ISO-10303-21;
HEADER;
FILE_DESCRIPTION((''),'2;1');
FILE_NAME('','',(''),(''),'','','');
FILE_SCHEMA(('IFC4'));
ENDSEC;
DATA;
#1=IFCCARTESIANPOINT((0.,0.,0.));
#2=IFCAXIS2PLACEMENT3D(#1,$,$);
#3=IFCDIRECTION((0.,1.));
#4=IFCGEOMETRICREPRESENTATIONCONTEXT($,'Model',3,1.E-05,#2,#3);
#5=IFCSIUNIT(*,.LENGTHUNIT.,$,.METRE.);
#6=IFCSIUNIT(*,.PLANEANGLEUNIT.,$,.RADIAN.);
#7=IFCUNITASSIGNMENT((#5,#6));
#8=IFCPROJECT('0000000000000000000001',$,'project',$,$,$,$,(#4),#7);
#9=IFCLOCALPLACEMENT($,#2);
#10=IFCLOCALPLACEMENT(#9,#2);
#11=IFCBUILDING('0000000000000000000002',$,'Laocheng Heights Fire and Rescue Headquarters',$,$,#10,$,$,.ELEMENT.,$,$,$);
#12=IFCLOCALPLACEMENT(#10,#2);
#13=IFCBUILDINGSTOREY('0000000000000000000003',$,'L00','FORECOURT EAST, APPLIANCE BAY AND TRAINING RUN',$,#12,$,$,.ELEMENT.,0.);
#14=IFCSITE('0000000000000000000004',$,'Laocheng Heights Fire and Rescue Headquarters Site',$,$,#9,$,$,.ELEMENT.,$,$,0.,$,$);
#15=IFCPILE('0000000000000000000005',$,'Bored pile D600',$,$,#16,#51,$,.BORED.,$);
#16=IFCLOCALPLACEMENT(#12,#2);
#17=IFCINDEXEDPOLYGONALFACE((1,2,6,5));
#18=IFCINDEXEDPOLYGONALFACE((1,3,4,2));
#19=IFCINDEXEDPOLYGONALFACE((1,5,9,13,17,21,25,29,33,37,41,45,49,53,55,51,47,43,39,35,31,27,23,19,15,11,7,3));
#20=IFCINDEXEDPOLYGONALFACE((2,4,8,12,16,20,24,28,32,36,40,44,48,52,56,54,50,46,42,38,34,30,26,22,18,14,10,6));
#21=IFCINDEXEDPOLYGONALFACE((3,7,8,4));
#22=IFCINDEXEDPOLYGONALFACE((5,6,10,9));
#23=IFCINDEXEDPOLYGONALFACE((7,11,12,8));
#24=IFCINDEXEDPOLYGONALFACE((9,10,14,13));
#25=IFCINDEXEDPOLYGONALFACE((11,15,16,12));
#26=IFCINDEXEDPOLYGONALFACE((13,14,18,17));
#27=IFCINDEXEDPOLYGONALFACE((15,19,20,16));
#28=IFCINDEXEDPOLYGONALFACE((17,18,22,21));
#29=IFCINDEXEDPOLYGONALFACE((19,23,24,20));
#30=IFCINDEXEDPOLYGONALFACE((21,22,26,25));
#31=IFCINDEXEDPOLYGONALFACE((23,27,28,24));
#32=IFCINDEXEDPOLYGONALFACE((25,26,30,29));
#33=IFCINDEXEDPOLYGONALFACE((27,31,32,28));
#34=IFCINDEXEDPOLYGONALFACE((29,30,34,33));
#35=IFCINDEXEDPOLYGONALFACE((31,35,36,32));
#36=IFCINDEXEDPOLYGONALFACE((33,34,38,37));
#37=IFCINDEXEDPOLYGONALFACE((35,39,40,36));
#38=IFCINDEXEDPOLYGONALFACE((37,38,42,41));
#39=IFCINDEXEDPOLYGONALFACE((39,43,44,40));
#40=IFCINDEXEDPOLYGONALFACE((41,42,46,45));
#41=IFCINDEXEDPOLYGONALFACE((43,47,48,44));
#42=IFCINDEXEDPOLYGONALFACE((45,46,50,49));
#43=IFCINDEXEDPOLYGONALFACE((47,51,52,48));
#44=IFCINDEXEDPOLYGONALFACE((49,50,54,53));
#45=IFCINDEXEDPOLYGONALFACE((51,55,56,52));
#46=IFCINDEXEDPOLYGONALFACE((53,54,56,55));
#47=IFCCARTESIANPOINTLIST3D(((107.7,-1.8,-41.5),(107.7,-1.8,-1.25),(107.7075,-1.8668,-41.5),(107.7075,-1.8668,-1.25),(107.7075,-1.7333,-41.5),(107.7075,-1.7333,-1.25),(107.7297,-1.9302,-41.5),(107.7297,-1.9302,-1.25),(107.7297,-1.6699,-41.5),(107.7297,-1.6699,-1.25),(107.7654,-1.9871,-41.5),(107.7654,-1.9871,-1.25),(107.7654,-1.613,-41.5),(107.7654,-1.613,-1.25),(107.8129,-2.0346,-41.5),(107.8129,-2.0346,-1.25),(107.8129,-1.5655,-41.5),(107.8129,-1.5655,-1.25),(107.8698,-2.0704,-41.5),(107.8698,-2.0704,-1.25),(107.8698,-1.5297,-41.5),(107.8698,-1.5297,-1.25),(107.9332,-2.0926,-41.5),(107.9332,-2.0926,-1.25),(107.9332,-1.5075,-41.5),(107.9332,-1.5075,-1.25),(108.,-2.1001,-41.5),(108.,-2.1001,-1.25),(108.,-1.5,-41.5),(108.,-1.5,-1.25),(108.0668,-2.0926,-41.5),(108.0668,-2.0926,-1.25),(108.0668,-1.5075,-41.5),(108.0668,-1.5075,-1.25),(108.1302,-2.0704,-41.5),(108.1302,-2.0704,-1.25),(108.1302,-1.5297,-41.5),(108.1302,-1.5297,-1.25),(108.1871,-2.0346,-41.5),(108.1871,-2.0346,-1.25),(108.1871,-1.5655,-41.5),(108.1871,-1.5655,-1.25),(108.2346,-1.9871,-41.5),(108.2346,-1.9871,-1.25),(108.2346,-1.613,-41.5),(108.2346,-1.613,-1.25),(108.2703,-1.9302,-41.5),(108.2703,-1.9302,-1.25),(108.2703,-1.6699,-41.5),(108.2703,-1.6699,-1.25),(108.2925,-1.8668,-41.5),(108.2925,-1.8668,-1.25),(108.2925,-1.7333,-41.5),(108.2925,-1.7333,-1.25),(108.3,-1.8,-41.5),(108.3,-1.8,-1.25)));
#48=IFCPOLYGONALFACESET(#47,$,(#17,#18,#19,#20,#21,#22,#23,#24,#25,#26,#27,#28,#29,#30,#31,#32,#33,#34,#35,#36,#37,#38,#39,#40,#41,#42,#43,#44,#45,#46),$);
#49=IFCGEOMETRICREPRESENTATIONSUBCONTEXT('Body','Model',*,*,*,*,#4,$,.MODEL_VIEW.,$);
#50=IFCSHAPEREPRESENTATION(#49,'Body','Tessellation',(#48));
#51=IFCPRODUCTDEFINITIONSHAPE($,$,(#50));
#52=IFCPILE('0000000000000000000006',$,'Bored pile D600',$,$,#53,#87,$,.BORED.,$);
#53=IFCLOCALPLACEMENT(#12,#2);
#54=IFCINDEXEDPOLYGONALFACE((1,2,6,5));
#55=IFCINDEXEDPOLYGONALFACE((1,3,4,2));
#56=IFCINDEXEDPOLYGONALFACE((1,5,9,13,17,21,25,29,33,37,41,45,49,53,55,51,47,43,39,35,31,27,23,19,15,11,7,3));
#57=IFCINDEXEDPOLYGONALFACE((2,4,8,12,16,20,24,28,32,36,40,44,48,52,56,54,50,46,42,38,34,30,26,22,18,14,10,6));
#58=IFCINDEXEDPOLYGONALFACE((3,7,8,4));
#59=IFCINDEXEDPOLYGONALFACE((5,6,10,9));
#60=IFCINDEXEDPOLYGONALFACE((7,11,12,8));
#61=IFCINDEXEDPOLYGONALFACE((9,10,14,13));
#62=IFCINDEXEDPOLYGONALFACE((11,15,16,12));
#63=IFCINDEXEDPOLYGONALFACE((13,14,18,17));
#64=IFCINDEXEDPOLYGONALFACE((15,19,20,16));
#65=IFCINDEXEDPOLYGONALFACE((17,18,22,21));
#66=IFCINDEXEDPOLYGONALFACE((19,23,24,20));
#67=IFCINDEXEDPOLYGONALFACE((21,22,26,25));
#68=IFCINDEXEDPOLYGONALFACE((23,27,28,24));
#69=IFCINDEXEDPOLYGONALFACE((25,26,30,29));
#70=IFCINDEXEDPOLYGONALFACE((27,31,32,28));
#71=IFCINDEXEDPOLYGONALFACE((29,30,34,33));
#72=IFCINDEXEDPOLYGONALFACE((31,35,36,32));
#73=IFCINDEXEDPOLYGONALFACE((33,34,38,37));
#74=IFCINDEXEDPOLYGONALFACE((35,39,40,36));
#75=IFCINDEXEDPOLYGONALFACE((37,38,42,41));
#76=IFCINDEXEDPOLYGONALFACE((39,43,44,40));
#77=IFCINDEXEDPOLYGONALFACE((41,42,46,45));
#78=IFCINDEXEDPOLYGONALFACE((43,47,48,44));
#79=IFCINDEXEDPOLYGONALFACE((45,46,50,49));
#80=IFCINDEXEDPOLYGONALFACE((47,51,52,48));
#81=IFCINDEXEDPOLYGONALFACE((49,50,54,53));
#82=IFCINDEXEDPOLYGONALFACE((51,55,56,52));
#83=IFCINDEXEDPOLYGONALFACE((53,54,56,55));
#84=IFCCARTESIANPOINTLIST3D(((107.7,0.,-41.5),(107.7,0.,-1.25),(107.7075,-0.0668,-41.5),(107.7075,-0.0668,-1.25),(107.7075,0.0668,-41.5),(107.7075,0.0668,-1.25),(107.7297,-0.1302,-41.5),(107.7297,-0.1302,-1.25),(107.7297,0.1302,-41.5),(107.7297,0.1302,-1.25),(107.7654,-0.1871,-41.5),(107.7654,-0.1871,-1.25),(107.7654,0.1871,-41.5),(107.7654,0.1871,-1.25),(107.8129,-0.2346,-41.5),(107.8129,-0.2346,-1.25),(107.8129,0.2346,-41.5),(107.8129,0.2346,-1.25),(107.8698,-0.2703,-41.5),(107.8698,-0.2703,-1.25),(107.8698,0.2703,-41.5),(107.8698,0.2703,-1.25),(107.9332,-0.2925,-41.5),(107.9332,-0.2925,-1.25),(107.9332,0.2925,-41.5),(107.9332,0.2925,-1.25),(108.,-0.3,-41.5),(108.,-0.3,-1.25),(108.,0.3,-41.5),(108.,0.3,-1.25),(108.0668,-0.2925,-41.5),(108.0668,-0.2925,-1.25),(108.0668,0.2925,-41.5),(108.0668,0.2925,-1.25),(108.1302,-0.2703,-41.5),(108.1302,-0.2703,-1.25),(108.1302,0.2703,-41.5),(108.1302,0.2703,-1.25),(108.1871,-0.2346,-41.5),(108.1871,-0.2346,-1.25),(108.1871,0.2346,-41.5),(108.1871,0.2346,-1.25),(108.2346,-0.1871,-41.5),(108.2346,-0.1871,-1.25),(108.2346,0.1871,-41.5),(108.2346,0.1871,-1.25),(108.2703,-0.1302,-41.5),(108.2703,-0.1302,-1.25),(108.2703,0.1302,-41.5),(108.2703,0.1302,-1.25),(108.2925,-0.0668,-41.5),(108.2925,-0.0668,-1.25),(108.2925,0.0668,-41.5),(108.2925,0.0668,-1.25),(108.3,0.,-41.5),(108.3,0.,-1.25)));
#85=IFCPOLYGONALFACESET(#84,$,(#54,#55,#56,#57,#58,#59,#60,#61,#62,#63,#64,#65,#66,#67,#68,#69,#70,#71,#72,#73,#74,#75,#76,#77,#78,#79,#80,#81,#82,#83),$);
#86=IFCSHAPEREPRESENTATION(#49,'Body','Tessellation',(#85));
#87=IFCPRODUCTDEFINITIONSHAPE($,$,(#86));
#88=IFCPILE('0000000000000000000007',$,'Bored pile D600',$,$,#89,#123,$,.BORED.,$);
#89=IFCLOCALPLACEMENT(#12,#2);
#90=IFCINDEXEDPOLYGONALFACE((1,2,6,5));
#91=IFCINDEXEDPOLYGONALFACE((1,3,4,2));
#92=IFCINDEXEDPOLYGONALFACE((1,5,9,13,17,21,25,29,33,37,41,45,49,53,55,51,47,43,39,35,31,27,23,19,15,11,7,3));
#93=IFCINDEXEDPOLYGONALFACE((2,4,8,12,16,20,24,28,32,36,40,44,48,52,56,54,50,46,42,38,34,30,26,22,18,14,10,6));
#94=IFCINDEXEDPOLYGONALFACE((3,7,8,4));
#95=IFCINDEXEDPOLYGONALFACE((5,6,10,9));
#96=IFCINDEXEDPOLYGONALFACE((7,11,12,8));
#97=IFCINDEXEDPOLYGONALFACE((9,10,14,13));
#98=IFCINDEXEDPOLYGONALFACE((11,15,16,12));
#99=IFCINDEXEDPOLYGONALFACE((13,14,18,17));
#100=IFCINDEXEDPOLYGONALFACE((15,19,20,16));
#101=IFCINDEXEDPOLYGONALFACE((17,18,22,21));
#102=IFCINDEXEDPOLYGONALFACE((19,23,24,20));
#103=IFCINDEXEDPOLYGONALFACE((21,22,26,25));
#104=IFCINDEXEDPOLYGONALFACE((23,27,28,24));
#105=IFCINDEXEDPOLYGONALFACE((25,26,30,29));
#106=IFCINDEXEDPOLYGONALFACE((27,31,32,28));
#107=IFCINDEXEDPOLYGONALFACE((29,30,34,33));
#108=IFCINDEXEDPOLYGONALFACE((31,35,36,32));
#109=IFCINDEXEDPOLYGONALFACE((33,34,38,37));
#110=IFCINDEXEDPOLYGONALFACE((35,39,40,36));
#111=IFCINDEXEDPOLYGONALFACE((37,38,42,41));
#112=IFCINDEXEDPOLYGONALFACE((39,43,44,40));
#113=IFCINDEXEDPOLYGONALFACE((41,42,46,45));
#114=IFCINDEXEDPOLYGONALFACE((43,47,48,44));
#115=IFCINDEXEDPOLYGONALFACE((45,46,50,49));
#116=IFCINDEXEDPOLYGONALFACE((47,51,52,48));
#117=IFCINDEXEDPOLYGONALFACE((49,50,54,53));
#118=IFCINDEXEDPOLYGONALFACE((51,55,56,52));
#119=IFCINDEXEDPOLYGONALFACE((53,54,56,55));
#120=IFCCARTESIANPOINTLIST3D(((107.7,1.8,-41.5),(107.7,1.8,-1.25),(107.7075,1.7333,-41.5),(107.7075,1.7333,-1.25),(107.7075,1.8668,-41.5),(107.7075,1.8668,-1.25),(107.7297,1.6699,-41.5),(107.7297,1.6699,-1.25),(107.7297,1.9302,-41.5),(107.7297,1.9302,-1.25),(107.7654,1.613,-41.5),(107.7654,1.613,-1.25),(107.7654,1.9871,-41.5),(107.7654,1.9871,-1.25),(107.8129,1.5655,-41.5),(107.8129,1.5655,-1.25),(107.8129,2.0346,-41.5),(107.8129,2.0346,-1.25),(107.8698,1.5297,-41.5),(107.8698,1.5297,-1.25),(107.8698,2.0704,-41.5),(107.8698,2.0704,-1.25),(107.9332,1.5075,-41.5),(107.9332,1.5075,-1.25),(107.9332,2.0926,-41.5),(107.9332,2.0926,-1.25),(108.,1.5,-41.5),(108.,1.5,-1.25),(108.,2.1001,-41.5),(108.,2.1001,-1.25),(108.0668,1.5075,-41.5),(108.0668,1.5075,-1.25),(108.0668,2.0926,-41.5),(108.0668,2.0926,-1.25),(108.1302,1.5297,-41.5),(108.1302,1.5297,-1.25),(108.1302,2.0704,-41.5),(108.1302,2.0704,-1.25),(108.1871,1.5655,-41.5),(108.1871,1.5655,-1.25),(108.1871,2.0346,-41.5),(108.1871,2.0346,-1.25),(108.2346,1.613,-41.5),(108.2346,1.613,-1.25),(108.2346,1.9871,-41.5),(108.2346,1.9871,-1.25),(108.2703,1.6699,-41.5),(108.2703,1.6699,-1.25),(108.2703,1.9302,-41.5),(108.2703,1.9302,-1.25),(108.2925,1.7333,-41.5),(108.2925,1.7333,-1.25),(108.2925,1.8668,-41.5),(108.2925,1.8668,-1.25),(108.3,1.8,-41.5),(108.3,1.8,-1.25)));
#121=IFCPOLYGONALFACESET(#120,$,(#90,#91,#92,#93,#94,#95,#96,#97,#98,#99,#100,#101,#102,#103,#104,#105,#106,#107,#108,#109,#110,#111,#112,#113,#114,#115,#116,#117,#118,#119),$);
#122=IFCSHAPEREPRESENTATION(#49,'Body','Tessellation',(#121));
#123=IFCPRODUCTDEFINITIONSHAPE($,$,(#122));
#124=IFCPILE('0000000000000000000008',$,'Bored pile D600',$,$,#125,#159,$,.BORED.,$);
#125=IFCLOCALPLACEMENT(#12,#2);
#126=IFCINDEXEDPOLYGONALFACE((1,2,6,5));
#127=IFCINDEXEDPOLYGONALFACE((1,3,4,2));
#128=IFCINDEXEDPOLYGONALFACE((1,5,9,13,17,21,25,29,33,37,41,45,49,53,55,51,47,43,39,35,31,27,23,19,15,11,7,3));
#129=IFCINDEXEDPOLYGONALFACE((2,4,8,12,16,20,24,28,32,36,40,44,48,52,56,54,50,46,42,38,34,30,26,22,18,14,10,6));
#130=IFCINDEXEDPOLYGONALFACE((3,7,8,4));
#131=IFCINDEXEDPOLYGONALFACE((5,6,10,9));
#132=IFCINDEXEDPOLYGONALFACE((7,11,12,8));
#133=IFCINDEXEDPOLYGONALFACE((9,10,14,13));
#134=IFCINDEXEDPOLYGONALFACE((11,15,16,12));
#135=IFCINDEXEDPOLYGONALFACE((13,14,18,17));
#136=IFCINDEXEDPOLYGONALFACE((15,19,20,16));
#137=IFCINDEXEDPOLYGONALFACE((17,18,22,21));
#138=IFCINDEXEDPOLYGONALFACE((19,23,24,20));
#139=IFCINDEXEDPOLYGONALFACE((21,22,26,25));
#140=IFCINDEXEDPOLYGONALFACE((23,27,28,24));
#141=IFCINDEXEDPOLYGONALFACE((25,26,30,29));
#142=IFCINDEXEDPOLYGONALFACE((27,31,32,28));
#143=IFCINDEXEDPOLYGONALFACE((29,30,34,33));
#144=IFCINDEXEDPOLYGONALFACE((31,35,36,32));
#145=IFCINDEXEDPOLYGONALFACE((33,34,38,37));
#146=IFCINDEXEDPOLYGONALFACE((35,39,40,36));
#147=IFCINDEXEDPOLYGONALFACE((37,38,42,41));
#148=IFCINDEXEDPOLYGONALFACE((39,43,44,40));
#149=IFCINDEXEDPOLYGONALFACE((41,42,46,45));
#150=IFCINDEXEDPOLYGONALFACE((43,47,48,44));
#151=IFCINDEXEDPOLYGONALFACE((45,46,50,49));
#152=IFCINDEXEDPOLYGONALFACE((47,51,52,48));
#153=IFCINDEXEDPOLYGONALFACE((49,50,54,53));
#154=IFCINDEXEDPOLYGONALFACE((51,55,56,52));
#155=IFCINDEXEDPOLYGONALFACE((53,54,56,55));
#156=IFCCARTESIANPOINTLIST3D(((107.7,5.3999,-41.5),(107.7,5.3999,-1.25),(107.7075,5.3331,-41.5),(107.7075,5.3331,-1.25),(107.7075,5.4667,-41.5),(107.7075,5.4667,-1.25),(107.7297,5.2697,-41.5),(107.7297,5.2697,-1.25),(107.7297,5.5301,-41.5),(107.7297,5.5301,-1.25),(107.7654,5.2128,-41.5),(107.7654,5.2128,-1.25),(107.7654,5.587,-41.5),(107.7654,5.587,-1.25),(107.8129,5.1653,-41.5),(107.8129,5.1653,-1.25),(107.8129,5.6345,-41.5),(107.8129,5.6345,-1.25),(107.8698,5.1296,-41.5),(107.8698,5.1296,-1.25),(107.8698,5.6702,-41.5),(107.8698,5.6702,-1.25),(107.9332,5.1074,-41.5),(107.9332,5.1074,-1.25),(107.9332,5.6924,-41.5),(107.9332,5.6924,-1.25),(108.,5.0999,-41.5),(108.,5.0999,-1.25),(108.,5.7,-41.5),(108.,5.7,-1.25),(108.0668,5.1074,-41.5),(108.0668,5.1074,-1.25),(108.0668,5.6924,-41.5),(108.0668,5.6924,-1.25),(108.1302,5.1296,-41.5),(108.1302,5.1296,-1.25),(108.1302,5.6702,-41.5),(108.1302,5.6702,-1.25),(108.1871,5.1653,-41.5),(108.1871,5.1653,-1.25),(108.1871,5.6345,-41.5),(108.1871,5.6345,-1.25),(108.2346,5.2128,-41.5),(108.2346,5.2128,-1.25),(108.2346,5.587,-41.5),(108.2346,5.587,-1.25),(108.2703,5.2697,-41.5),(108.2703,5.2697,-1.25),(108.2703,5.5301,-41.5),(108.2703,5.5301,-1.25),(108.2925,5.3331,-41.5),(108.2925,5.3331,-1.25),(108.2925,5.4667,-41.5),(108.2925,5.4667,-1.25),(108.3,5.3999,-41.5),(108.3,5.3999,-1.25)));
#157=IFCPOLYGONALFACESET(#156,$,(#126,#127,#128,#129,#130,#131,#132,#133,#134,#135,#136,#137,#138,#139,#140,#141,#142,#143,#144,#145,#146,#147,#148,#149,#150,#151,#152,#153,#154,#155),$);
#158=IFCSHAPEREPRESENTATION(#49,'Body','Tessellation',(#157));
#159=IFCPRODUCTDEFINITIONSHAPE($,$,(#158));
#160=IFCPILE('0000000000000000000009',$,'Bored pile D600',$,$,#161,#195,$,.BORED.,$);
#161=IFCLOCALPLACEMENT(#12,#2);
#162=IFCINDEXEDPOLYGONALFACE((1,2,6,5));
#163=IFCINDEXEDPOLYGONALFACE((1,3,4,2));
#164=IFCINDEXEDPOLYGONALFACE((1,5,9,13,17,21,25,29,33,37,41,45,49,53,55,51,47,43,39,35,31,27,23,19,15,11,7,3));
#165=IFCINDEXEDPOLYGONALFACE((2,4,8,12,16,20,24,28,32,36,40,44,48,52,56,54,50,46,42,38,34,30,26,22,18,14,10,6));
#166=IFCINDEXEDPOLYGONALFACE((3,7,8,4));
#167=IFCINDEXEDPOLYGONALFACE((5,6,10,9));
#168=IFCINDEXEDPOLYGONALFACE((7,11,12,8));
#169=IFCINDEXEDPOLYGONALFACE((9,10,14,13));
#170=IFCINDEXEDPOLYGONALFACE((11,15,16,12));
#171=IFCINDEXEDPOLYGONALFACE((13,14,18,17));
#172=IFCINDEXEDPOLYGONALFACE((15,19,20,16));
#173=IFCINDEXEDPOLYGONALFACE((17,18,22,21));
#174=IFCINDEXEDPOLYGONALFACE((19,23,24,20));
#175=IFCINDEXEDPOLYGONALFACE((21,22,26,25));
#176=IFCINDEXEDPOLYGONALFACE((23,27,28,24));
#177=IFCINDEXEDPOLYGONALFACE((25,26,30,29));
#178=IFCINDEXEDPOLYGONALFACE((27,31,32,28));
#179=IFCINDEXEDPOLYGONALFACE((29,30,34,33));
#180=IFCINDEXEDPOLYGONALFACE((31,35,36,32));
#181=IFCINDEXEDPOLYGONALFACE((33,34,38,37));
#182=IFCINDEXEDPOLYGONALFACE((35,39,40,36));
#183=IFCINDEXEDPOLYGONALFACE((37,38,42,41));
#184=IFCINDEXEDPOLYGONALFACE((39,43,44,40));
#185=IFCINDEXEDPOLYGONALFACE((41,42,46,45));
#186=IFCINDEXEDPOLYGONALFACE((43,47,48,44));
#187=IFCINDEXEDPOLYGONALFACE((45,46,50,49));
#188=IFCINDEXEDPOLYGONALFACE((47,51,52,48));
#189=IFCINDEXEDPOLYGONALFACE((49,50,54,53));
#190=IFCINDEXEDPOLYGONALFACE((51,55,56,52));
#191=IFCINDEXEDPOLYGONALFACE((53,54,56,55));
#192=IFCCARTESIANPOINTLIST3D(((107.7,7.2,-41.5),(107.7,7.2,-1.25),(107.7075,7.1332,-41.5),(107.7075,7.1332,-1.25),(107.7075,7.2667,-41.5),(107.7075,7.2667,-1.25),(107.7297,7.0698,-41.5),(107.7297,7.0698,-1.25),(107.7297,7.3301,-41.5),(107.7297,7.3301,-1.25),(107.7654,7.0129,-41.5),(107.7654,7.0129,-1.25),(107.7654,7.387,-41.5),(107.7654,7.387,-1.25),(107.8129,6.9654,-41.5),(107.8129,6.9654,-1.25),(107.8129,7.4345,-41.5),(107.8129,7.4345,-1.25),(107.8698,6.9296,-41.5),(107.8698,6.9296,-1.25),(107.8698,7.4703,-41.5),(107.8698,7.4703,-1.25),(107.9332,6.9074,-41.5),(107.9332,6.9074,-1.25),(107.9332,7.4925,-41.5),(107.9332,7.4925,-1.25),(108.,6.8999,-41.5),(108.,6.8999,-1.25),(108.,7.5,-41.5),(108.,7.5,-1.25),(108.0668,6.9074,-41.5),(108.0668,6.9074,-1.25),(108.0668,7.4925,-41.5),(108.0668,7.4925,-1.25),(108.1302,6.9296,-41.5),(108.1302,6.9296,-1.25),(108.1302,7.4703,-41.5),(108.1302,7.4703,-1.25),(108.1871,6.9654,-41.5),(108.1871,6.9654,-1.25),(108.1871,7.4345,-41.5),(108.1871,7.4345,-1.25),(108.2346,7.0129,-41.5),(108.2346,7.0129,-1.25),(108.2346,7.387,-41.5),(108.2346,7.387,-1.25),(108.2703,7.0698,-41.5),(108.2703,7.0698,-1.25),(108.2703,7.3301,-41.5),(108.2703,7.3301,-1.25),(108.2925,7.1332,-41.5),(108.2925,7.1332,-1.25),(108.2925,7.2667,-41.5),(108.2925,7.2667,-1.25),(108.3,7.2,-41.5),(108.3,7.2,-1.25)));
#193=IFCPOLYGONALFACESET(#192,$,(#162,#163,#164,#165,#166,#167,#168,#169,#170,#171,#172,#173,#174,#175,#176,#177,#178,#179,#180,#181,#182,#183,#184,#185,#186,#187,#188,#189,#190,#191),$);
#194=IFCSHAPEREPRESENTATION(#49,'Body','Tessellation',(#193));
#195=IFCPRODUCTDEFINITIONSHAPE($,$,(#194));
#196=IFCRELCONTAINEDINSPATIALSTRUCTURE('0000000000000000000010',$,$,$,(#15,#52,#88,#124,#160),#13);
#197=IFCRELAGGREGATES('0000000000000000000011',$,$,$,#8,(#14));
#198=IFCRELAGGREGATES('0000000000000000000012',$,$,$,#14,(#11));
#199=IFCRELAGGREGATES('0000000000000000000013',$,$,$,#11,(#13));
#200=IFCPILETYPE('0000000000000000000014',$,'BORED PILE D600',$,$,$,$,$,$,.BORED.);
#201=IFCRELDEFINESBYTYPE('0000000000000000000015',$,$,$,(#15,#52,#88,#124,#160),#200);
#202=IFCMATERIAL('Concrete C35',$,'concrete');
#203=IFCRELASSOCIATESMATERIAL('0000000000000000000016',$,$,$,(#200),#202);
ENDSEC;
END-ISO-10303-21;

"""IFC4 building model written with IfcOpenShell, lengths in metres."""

from ifc_helpers import new_model, si_unit, direction, frame, origin, origin_2d, place, context, subcontext, project, spatial, circle, extrude, material, material_profile, profile_set, type_object, element, save


model = new_model("IFC4")

# Units and contexts
model_context = context("Model", 3, precision=1e-05, world=origin(), true_north=direction((0.0, 1.0)))
body_context = subcontext(model_context, "Body", "Model", "MODEL_VIEW")
ifc_project = project(units=[si_unit("LENGTHUNIT", "METRE"), si_unit("PLANEANGLEUNIT", "RADIAN")], contexts=[model_context])

# Site, building, storey
site_placement = place(None, origin())
site = spatial("IfcSite", under=ifc_project, at=site_placement, Name="Laocheng Heights Fire and Rescue Headquarters Site", CompositionType="ELEMENT", RefElevation=0.0)
building_placement = place(site_placement, origin())
building = spatial("IfcBuilding", under=site, at=building_placement, Name="Laocheng Heights Fire and Rescue Headquarters", CompositionType="ELEMENT")
storey_placement = place(building_placement, origin())
storey = spatial("IfcBuildingStorey", under=building, at=storey_placement, Name="L00", Description="FORECOURT EAST, APPLIANCE BAY AND TRAINING RUN", CompositionType="ELEMENT", Elevation=0.0)

# Piles
ifc_material_1 = material(Name="Concrete C35", Category="concrete")
ifc_material_profile_1 = material_profile(ifc_material_1, circle(Radius=0.3, at=origin_2d()), Name="BORED PILE D600")
ifc_profile_set_1 = profile_set([ifc_material_profile_1], Name="Concrete C35")
pile_type_1 = type_object("IfcPileType", Name="BORED PILE D600", PredefinedType="BORED", material=ifc_profile_set_1)
for number, where, z_axis, x_axis, name in (
    (1, (108.0, -1.8, -1.25), (0.0, 0.0, -1.0), (1.0, 0.0, 0.0), "Bored pile D600"),
    (2, (108.0, 0.0, -1.25), (0.0, 0.0, -1.0), (1.0, 0.0, 0.0), "Bored pile D600"),
    (3, (108.0, 1.8, -1.25), (0.0, 0.0, -1.0), (1.0, 0.0, 0.0), "Bored pile D600"),
    (4, (108.0, 5.3999, -1.25), (0.0, 0.0, -1.0), (1.0, 0.0, 0.0), "Bored pile D600"),
    (5, (108.0, 7.2, -1.25), (0.0, 0.0, -1.0), (1.0, 0.0, 0.0), "Bored pile D600"),
):
    element("IfcPile", number, at=place(storey_placement, frame(where, z_axis=z_axis, x_axis=x_axis)), inside=storey, type_object=pile_type_1, Name=name, PredefinedType="BORED", context=body_context, shape_type="SweptSolid", body=[
        extrude(circle(Radius=0.3, at=origin_2d()), origin(), (0.0, 0.0, 1.0), 40.25),
    ])

save(model, "model.ifc")
